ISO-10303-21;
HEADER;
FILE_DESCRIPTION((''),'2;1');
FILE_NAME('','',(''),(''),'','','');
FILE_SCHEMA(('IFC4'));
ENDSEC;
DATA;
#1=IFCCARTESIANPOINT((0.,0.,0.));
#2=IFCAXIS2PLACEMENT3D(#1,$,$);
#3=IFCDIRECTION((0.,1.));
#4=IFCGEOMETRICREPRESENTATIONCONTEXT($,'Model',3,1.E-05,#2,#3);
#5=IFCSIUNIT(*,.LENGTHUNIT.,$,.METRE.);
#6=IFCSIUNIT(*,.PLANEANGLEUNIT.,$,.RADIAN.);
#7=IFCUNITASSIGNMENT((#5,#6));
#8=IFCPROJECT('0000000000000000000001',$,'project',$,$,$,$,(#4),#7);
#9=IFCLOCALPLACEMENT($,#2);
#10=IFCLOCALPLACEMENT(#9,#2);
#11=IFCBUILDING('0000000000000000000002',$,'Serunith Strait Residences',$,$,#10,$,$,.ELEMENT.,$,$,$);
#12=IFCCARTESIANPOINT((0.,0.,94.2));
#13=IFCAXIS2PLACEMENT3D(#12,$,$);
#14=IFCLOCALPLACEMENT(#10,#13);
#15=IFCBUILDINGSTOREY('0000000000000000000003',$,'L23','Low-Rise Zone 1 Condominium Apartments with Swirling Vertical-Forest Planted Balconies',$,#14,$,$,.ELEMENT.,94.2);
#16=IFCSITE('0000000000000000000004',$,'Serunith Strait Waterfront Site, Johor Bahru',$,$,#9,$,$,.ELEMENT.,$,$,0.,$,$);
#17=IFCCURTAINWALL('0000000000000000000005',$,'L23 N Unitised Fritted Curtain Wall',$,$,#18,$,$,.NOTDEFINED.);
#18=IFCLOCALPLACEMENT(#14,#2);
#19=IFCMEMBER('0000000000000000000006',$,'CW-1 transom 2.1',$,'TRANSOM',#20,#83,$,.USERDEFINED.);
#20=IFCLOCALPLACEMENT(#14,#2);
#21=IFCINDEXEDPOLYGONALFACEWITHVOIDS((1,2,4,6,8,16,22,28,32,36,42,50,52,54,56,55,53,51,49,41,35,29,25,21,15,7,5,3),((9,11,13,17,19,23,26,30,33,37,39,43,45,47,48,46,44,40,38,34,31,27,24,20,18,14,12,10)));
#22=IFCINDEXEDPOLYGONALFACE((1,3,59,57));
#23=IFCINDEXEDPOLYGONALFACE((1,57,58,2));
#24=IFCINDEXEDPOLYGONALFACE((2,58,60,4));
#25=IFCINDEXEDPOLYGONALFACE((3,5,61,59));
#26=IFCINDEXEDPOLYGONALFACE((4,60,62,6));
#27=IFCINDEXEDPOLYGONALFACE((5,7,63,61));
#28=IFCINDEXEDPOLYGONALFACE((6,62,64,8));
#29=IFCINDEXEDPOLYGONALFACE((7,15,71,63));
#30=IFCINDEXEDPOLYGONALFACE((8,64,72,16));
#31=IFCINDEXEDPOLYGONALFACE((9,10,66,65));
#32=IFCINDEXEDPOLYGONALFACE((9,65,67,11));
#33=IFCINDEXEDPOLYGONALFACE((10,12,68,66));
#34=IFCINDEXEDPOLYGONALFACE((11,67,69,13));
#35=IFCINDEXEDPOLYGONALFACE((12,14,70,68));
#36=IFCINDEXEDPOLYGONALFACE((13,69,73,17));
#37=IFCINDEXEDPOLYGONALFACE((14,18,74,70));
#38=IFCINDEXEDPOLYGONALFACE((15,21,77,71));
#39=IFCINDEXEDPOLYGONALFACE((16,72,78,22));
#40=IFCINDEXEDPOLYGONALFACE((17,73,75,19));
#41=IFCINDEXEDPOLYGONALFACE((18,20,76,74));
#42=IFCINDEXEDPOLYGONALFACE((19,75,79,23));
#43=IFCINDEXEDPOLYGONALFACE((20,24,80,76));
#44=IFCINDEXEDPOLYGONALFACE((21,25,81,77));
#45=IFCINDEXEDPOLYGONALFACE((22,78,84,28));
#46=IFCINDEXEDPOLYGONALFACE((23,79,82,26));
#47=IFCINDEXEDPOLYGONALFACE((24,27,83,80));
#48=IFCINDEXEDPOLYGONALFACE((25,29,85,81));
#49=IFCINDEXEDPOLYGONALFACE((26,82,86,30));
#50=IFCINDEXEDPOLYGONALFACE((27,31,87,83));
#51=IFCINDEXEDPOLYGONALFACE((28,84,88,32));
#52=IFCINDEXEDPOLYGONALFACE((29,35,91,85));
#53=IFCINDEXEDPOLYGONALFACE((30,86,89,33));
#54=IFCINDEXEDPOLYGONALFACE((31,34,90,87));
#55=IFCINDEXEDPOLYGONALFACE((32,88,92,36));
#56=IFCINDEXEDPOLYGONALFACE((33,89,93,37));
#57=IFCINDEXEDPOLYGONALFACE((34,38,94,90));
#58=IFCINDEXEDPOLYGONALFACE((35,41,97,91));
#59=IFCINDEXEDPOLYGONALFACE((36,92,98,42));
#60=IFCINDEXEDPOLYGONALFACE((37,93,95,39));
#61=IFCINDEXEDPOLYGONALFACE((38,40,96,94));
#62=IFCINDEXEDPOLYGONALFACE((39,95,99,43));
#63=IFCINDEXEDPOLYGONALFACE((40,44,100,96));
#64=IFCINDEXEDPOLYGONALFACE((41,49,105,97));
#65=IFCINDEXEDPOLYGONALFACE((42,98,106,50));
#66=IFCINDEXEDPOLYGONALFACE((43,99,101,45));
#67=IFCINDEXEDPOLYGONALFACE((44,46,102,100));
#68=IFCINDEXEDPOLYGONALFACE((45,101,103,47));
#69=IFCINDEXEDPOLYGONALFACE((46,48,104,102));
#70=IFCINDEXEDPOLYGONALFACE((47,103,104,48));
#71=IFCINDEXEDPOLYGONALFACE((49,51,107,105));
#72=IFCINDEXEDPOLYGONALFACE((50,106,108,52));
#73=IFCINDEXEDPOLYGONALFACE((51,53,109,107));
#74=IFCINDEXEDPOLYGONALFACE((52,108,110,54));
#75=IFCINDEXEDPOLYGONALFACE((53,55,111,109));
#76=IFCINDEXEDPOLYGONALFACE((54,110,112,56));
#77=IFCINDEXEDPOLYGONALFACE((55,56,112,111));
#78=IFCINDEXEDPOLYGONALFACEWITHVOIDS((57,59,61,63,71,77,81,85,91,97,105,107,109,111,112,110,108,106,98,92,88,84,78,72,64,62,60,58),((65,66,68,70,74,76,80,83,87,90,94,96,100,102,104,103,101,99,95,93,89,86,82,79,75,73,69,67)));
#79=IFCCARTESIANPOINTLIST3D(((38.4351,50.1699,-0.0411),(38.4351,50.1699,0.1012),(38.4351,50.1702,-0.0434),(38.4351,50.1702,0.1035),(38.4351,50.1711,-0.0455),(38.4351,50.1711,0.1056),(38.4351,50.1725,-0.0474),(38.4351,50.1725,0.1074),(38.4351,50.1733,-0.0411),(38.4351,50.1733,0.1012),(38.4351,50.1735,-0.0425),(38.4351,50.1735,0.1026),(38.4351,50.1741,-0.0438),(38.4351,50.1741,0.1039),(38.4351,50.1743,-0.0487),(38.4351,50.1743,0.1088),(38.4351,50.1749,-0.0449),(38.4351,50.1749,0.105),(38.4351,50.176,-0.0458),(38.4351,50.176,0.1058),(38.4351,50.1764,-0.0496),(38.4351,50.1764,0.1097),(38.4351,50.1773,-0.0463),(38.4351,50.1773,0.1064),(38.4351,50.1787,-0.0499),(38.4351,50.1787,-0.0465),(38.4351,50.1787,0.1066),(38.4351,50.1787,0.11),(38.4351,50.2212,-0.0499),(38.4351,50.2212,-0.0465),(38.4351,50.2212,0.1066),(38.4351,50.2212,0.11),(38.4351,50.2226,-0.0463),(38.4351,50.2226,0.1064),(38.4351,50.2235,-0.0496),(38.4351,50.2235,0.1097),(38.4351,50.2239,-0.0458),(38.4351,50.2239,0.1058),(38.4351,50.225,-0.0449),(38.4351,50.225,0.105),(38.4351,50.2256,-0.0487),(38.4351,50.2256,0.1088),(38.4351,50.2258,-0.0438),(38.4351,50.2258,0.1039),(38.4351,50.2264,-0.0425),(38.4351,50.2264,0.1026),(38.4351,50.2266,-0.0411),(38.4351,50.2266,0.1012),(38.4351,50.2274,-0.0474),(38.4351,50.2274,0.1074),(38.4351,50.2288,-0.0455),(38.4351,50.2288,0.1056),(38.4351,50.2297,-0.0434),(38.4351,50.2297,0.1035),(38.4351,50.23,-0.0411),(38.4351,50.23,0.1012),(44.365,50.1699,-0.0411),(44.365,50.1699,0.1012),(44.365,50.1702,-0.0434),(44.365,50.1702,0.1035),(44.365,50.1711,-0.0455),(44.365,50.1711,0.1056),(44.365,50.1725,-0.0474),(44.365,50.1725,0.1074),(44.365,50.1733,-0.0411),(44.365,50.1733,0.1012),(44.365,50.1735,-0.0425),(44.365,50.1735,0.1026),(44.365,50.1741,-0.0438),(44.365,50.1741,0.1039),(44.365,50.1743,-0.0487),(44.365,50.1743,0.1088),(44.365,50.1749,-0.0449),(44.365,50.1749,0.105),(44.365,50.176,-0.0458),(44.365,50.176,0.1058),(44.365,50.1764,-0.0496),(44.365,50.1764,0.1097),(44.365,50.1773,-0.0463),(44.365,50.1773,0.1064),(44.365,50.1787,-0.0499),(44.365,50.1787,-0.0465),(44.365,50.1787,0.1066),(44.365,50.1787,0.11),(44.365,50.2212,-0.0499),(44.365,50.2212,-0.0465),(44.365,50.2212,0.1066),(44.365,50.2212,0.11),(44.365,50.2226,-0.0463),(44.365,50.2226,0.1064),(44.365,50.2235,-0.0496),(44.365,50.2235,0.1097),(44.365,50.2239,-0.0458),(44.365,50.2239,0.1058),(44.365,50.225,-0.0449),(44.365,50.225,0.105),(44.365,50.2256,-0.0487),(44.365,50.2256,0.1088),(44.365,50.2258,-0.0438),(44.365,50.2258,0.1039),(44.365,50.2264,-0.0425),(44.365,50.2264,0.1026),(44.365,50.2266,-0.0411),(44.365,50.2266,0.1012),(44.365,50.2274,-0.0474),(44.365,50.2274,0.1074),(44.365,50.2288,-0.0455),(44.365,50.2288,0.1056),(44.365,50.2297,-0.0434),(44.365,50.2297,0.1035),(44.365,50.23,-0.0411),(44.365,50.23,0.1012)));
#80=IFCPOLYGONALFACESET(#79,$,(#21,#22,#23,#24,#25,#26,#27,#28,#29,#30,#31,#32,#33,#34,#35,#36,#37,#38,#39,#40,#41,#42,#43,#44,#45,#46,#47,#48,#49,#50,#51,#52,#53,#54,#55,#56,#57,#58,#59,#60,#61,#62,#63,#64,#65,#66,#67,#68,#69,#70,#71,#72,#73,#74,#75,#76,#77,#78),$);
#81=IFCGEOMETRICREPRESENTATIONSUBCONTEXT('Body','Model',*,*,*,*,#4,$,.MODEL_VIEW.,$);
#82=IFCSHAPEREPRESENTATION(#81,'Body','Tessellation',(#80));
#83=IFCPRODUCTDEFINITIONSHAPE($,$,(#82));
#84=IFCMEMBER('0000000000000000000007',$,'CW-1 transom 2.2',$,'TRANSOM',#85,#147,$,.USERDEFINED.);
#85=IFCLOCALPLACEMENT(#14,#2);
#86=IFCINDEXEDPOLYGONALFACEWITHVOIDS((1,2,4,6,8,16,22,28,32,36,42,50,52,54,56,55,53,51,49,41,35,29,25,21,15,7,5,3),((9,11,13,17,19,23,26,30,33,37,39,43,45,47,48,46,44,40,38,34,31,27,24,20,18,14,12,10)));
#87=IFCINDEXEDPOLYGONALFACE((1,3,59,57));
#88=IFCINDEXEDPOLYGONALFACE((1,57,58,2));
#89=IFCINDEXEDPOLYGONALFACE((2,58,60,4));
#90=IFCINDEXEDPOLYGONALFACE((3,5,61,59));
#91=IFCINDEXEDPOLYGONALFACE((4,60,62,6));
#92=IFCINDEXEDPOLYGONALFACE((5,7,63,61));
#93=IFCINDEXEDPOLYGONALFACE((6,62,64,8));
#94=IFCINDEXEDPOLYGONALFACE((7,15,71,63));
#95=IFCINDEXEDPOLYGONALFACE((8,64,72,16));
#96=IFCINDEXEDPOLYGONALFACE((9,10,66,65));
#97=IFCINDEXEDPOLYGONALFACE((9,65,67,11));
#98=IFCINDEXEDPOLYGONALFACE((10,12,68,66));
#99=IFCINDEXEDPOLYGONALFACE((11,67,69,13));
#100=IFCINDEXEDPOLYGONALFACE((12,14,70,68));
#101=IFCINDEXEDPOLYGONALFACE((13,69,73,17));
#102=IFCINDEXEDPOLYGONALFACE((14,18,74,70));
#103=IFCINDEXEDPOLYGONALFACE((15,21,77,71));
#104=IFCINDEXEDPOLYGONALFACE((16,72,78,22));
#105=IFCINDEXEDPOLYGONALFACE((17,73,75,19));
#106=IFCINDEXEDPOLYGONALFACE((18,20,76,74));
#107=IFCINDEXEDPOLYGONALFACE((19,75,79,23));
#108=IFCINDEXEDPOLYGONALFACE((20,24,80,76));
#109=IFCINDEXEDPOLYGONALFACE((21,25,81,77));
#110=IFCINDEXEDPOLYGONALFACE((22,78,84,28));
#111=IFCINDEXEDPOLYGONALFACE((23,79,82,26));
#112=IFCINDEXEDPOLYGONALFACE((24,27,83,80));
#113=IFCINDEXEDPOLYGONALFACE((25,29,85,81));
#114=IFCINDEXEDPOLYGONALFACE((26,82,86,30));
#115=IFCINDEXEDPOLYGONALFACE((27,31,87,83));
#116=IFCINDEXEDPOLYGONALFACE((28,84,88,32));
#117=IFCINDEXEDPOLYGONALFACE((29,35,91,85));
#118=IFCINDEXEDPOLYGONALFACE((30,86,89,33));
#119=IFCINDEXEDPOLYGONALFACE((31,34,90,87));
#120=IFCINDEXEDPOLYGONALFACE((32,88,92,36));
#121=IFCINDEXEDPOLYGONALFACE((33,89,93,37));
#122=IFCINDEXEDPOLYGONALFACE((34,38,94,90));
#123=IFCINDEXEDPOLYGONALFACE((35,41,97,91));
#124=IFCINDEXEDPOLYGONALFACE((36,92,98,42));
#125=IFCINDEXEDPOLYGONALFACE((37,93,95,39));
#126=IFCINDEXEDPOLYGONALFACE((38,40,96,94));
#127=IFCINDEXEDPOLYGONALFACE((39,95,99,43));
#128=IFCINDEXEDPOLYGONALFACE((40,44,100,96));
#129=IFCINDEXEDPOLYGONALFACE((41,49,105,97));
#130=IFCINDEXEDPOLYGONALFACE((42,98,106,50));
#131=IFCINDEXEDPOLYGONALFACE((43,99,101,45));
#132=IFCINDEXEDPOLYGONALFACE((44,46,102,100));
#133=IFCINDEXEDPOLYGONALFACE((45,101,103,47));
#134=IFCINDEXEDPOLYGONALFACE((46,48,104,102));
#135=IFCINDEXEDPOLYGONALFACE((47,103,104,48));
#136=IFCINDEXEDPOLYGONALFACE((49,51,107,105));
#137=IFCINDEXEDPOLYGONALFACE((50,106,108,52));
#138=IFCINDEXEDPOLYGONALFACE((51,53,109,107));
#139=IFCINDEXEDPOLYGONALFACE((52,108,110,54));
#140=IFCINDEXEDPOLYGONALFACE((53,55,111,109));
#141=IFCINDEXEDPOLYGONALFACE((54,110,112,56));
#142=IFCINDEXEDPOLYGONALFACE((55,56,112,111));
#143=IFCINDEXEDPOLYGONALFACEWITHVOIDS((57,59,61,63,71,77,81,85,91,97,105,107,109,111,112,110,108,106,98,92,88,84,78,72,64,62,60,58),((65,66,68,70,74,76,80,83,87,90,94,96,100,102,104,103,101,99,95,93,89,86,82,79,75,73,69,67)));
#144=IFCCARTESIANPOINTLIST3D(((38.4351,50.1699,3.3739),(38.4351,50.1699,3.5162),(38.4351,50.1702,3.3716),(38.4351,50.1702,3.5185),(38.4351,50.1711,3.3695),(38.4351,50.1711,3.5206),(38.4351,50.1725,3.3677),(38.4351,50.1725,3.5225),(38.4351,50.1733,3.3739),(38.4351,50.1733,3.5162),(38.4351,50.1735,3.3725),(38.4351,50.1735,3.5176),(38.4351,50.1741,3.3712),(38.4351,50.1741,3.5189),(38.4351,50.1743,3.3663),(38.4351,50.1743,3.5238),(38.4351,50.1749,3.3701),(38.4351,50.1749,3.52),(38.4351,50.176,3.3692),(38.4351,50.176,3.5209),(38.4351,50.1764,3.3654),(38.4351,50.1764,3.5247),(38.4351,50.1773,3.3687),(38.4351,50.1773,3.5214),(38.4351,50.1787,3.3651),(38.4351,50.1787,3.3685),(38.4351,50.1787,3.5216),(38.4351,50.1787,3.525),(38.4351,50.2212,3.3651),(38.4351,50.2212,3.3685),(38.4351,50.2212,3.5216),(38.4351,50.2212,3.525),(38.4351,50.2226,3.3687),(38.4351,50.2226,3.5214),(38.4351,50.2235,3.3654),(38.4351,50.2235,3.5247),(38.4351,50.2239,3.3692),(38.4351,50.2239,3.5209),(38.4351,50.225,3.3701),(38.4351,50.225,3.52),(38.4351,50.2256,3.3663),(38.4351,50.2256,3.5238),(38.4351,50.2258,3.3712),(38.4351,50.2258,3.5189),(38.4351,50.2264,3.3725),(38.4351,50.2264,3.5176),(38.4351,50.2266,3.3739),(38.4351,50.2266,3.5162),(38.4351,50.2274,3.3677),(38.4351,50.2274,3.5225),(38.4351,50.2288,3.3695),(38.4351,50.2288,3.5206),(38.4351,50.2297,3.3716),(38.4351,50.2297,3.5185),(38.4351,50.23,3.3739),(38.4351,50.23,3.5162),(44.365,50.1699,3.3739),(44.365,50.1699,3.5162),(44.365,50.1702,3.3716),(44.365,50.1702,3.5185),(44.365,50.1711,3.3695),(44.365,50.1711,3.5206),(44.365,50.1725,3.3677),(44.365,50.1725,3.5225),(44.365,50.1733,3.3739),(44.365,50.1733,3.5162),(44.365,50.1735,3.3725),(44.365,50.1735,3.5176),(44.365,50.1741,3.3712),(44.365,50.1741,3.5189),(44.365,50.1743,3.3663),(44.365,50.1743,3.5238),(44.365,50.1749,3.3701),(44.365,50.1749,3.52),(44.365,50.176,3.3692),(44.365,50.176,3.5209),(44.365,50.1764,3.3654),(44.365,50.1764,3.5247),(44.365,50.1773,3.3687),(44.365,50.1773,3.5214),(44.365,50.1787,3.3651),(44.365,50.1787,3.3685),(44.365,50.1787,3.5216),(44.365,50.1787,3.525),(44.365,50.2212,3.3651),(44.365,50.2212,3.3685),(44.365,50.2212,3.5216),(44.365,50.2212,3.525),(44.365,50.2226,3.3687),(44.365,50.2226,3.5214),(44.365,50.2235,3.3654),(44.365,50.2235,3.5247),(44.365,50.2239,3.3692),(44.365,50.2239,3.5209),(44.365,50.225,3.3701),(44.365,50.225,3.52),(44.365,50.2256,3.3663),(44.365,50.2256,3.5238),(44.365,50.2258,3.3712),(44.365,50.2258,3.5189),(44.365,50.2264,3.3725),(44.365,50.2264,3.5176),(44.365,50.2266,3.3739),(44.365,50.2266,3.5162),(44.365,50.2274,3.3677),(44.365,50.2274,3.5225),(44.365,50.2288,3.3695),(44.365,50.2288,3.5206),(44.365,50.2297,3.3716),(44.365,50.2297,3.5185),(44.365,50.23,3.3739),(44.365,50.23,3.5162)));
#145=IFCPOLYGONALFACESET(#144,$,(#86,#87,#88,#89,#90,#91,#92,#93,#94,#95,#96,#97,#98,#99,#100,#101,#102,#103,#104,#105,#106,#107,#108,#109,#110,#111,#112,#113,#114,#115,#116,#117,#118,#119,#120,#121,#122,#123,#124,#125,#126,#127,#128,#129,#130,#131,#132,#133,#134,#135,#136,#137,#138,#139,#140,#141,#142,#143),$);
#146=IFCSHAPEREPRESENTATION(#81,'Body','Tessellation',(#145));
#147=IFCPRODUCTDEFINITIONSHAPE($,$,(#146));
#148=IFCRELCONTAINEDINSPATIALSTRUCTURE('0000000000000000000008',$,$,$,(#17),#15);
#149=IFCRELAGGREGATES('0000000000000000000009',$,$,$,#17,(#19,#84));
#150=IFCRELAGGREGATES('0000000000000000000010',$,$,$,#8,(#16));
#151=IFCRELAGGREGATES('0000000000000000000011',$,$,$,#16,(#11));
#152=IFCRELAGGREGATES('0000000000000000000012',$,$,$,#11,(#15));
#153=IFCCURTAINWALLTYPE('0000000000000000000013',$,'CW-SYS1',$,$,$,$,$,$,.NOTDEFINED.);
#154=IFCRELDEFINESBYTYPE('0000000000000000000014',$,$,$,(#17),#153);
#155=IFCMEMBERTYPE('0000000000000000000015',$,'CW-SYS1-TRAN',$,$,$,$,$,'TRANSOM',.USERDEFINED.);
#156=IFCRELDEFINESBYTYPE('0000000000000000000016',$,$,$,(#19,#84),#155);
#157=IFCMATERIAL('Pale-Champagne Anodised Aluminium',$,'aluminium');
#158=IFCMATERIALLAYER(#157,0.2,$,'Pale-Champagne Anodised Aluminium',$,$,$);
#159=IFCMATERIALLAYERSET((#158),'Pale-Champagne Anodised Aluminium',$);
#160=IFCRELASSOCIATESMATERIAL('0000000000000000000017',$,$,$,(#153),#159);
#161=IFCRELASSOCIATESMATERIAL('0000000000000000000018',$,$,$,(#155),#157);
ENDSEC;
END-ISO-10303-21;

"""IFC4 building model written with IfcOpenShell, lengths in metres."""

from ifc_helpers import new_model, si_unit, direction, frame, origin, origin_2d, place, context, subcontext, project, spatial, hollow_rectangle, extrude, source, transform, mapped, material, layer, layer_set, material_profile, profile_set, type_object, element, aggregate, save


model = new_model("IFC4")

# Units and contexts
model_context = context("Model", 3, precision=1e-05, world=origin(), true_north=direction((0.0, 1.0)))
body_context = subcontext(model_context, "Body", "Model", "MODEL_VIEW")
ifc_project = project(units=[si_unit("LENGTHUNIT", "METRE"), si_unit("PLANEANGLEUNIT", "RADIAN")], contexts=[model_context])

# Site, building, storey
site_placement = place(None, origin())
site = spatial("IfcSite", under=ifc_project, at=site_placement, Name="Serunith Strait Waterfront Site, Johor Bahru", CompositionType="ELEMENT", RefElevation=0.0)
building_placement = place(site_placement, origin())
building = spatial("IfcBuilding", under=site, at=building_placement, Name="Serunith Strait Residences", CompositionType="ELEMENT")
storey_placement = place(building_placement, frame((0.0, 0.0, 94.2)))
storey = spatial("IfcBuildingStorey", under=building, at=storey_placement, Name="L23", Description="Low-Rise Zone 1 Condominium Apartments with Swirling Vertical-Forest Planted Balconies", CompositionType="ELEMENT", Elevation=94.2)

# Curtain wall, members
ifc_material_1 = material(Name="Pale-Champagne Anodised Aluminium", Category="aluminium")
ifc_layer_1 = layer(ifc_material_1, 0.2, Name="Pale-Champagne Anodised Aluminium")
ifc_layer_set_1 = layer_set([ifc_layer_1], Name="Pale-Champagne Anodised Aluminium")
curtain_wall_type = type_object("IfcCurtainWallType", Name="CW-SYS1", PredefinedType="NOTDEFINED", material=ifc_layer_set_1)
curtain_wall_placement = place(storey_placement, origin())
curtain_wall = element("IfcCurtainWall", 1, at=curtain_wall_placement, inside=storey, type_object=curtain_wall_type, Name="L23 N Unitised Fritted Curtain Wall", PredefinedType="NOTDEFINED")
ifc_material_profile_1 = material_profile(ifc_material_1, hollow_rectangle(XDim=0.0601, YDim=0.1599, WallThickness=0.0034, InnerFilletRadius=0.0054, OuterFilletRadius=0.0088, at=origin_2d()), Name="ALU 160x60x3.5")
ifc_profile_set_1 = profile_set([ifc_material_profile_1], Name="Pale-Champagne Anodised Aluminium")
member_type_1 = type_object("IfcMemberType", Name="CW-SYS1-TRAN", ElementType="TRANSOM", PredefinedType="USERDEFINED", material=ifc_profile_set_1)
shared_shape_1 = source(origin(), body_context, "Body", "SweptSolid", [
    extrude(hollow_rectangle(XDim=0.0601, YDim=0.1599, WallThickness=0.0034, InnerFilletRadius=0.0054, OuterFilletRadius=0.0088, at=origin_2d()), origin(), (0.0, 0.0, 1.0), 5.9299),
])
member_1_placement = place(storey_placement, frame((44.365, 50.2, 0.03), z_axis=(-1.0, 0.0, 0.0), x_axis=(0.0, -1.0, 0.0)))
member_1 = element("IfcMember", 2, at=member_1_placement, type_object=member_type_1, Name="CW-1 transom 2.1", ObjectType="TRANSOM", PredefinedType="USERDEFINED", context=body_context, shape_type="MappedRepresentation", body=[
    mapped(shared_shape_1, transform((0.0, 0.0, 0.0), scale=1.0)),
])
member_2_placement = place(storey_placement, frame((44.365, 50.2, 3.4451), z_axis=(-1.0, 0.0, 0.0), x_axis=(0.0, -1.0, 0.0)))
member_2 = element("IfcMember", 3, at=member_2_placement, type_object=member_type_1, Name="CW-1 transom 2.2", ObjectType="TRANSOM", PredefinedType="USERDEFINED", context=body_context, shape_type="MappedRepresentation", body=[
    mapped(shared_shape_1, transform((0.0, 0.0, 0.0), scale=1.0)),
])
aggregate(curtain_wall, [member_1, member_2])

save(model, "model.ifc")
